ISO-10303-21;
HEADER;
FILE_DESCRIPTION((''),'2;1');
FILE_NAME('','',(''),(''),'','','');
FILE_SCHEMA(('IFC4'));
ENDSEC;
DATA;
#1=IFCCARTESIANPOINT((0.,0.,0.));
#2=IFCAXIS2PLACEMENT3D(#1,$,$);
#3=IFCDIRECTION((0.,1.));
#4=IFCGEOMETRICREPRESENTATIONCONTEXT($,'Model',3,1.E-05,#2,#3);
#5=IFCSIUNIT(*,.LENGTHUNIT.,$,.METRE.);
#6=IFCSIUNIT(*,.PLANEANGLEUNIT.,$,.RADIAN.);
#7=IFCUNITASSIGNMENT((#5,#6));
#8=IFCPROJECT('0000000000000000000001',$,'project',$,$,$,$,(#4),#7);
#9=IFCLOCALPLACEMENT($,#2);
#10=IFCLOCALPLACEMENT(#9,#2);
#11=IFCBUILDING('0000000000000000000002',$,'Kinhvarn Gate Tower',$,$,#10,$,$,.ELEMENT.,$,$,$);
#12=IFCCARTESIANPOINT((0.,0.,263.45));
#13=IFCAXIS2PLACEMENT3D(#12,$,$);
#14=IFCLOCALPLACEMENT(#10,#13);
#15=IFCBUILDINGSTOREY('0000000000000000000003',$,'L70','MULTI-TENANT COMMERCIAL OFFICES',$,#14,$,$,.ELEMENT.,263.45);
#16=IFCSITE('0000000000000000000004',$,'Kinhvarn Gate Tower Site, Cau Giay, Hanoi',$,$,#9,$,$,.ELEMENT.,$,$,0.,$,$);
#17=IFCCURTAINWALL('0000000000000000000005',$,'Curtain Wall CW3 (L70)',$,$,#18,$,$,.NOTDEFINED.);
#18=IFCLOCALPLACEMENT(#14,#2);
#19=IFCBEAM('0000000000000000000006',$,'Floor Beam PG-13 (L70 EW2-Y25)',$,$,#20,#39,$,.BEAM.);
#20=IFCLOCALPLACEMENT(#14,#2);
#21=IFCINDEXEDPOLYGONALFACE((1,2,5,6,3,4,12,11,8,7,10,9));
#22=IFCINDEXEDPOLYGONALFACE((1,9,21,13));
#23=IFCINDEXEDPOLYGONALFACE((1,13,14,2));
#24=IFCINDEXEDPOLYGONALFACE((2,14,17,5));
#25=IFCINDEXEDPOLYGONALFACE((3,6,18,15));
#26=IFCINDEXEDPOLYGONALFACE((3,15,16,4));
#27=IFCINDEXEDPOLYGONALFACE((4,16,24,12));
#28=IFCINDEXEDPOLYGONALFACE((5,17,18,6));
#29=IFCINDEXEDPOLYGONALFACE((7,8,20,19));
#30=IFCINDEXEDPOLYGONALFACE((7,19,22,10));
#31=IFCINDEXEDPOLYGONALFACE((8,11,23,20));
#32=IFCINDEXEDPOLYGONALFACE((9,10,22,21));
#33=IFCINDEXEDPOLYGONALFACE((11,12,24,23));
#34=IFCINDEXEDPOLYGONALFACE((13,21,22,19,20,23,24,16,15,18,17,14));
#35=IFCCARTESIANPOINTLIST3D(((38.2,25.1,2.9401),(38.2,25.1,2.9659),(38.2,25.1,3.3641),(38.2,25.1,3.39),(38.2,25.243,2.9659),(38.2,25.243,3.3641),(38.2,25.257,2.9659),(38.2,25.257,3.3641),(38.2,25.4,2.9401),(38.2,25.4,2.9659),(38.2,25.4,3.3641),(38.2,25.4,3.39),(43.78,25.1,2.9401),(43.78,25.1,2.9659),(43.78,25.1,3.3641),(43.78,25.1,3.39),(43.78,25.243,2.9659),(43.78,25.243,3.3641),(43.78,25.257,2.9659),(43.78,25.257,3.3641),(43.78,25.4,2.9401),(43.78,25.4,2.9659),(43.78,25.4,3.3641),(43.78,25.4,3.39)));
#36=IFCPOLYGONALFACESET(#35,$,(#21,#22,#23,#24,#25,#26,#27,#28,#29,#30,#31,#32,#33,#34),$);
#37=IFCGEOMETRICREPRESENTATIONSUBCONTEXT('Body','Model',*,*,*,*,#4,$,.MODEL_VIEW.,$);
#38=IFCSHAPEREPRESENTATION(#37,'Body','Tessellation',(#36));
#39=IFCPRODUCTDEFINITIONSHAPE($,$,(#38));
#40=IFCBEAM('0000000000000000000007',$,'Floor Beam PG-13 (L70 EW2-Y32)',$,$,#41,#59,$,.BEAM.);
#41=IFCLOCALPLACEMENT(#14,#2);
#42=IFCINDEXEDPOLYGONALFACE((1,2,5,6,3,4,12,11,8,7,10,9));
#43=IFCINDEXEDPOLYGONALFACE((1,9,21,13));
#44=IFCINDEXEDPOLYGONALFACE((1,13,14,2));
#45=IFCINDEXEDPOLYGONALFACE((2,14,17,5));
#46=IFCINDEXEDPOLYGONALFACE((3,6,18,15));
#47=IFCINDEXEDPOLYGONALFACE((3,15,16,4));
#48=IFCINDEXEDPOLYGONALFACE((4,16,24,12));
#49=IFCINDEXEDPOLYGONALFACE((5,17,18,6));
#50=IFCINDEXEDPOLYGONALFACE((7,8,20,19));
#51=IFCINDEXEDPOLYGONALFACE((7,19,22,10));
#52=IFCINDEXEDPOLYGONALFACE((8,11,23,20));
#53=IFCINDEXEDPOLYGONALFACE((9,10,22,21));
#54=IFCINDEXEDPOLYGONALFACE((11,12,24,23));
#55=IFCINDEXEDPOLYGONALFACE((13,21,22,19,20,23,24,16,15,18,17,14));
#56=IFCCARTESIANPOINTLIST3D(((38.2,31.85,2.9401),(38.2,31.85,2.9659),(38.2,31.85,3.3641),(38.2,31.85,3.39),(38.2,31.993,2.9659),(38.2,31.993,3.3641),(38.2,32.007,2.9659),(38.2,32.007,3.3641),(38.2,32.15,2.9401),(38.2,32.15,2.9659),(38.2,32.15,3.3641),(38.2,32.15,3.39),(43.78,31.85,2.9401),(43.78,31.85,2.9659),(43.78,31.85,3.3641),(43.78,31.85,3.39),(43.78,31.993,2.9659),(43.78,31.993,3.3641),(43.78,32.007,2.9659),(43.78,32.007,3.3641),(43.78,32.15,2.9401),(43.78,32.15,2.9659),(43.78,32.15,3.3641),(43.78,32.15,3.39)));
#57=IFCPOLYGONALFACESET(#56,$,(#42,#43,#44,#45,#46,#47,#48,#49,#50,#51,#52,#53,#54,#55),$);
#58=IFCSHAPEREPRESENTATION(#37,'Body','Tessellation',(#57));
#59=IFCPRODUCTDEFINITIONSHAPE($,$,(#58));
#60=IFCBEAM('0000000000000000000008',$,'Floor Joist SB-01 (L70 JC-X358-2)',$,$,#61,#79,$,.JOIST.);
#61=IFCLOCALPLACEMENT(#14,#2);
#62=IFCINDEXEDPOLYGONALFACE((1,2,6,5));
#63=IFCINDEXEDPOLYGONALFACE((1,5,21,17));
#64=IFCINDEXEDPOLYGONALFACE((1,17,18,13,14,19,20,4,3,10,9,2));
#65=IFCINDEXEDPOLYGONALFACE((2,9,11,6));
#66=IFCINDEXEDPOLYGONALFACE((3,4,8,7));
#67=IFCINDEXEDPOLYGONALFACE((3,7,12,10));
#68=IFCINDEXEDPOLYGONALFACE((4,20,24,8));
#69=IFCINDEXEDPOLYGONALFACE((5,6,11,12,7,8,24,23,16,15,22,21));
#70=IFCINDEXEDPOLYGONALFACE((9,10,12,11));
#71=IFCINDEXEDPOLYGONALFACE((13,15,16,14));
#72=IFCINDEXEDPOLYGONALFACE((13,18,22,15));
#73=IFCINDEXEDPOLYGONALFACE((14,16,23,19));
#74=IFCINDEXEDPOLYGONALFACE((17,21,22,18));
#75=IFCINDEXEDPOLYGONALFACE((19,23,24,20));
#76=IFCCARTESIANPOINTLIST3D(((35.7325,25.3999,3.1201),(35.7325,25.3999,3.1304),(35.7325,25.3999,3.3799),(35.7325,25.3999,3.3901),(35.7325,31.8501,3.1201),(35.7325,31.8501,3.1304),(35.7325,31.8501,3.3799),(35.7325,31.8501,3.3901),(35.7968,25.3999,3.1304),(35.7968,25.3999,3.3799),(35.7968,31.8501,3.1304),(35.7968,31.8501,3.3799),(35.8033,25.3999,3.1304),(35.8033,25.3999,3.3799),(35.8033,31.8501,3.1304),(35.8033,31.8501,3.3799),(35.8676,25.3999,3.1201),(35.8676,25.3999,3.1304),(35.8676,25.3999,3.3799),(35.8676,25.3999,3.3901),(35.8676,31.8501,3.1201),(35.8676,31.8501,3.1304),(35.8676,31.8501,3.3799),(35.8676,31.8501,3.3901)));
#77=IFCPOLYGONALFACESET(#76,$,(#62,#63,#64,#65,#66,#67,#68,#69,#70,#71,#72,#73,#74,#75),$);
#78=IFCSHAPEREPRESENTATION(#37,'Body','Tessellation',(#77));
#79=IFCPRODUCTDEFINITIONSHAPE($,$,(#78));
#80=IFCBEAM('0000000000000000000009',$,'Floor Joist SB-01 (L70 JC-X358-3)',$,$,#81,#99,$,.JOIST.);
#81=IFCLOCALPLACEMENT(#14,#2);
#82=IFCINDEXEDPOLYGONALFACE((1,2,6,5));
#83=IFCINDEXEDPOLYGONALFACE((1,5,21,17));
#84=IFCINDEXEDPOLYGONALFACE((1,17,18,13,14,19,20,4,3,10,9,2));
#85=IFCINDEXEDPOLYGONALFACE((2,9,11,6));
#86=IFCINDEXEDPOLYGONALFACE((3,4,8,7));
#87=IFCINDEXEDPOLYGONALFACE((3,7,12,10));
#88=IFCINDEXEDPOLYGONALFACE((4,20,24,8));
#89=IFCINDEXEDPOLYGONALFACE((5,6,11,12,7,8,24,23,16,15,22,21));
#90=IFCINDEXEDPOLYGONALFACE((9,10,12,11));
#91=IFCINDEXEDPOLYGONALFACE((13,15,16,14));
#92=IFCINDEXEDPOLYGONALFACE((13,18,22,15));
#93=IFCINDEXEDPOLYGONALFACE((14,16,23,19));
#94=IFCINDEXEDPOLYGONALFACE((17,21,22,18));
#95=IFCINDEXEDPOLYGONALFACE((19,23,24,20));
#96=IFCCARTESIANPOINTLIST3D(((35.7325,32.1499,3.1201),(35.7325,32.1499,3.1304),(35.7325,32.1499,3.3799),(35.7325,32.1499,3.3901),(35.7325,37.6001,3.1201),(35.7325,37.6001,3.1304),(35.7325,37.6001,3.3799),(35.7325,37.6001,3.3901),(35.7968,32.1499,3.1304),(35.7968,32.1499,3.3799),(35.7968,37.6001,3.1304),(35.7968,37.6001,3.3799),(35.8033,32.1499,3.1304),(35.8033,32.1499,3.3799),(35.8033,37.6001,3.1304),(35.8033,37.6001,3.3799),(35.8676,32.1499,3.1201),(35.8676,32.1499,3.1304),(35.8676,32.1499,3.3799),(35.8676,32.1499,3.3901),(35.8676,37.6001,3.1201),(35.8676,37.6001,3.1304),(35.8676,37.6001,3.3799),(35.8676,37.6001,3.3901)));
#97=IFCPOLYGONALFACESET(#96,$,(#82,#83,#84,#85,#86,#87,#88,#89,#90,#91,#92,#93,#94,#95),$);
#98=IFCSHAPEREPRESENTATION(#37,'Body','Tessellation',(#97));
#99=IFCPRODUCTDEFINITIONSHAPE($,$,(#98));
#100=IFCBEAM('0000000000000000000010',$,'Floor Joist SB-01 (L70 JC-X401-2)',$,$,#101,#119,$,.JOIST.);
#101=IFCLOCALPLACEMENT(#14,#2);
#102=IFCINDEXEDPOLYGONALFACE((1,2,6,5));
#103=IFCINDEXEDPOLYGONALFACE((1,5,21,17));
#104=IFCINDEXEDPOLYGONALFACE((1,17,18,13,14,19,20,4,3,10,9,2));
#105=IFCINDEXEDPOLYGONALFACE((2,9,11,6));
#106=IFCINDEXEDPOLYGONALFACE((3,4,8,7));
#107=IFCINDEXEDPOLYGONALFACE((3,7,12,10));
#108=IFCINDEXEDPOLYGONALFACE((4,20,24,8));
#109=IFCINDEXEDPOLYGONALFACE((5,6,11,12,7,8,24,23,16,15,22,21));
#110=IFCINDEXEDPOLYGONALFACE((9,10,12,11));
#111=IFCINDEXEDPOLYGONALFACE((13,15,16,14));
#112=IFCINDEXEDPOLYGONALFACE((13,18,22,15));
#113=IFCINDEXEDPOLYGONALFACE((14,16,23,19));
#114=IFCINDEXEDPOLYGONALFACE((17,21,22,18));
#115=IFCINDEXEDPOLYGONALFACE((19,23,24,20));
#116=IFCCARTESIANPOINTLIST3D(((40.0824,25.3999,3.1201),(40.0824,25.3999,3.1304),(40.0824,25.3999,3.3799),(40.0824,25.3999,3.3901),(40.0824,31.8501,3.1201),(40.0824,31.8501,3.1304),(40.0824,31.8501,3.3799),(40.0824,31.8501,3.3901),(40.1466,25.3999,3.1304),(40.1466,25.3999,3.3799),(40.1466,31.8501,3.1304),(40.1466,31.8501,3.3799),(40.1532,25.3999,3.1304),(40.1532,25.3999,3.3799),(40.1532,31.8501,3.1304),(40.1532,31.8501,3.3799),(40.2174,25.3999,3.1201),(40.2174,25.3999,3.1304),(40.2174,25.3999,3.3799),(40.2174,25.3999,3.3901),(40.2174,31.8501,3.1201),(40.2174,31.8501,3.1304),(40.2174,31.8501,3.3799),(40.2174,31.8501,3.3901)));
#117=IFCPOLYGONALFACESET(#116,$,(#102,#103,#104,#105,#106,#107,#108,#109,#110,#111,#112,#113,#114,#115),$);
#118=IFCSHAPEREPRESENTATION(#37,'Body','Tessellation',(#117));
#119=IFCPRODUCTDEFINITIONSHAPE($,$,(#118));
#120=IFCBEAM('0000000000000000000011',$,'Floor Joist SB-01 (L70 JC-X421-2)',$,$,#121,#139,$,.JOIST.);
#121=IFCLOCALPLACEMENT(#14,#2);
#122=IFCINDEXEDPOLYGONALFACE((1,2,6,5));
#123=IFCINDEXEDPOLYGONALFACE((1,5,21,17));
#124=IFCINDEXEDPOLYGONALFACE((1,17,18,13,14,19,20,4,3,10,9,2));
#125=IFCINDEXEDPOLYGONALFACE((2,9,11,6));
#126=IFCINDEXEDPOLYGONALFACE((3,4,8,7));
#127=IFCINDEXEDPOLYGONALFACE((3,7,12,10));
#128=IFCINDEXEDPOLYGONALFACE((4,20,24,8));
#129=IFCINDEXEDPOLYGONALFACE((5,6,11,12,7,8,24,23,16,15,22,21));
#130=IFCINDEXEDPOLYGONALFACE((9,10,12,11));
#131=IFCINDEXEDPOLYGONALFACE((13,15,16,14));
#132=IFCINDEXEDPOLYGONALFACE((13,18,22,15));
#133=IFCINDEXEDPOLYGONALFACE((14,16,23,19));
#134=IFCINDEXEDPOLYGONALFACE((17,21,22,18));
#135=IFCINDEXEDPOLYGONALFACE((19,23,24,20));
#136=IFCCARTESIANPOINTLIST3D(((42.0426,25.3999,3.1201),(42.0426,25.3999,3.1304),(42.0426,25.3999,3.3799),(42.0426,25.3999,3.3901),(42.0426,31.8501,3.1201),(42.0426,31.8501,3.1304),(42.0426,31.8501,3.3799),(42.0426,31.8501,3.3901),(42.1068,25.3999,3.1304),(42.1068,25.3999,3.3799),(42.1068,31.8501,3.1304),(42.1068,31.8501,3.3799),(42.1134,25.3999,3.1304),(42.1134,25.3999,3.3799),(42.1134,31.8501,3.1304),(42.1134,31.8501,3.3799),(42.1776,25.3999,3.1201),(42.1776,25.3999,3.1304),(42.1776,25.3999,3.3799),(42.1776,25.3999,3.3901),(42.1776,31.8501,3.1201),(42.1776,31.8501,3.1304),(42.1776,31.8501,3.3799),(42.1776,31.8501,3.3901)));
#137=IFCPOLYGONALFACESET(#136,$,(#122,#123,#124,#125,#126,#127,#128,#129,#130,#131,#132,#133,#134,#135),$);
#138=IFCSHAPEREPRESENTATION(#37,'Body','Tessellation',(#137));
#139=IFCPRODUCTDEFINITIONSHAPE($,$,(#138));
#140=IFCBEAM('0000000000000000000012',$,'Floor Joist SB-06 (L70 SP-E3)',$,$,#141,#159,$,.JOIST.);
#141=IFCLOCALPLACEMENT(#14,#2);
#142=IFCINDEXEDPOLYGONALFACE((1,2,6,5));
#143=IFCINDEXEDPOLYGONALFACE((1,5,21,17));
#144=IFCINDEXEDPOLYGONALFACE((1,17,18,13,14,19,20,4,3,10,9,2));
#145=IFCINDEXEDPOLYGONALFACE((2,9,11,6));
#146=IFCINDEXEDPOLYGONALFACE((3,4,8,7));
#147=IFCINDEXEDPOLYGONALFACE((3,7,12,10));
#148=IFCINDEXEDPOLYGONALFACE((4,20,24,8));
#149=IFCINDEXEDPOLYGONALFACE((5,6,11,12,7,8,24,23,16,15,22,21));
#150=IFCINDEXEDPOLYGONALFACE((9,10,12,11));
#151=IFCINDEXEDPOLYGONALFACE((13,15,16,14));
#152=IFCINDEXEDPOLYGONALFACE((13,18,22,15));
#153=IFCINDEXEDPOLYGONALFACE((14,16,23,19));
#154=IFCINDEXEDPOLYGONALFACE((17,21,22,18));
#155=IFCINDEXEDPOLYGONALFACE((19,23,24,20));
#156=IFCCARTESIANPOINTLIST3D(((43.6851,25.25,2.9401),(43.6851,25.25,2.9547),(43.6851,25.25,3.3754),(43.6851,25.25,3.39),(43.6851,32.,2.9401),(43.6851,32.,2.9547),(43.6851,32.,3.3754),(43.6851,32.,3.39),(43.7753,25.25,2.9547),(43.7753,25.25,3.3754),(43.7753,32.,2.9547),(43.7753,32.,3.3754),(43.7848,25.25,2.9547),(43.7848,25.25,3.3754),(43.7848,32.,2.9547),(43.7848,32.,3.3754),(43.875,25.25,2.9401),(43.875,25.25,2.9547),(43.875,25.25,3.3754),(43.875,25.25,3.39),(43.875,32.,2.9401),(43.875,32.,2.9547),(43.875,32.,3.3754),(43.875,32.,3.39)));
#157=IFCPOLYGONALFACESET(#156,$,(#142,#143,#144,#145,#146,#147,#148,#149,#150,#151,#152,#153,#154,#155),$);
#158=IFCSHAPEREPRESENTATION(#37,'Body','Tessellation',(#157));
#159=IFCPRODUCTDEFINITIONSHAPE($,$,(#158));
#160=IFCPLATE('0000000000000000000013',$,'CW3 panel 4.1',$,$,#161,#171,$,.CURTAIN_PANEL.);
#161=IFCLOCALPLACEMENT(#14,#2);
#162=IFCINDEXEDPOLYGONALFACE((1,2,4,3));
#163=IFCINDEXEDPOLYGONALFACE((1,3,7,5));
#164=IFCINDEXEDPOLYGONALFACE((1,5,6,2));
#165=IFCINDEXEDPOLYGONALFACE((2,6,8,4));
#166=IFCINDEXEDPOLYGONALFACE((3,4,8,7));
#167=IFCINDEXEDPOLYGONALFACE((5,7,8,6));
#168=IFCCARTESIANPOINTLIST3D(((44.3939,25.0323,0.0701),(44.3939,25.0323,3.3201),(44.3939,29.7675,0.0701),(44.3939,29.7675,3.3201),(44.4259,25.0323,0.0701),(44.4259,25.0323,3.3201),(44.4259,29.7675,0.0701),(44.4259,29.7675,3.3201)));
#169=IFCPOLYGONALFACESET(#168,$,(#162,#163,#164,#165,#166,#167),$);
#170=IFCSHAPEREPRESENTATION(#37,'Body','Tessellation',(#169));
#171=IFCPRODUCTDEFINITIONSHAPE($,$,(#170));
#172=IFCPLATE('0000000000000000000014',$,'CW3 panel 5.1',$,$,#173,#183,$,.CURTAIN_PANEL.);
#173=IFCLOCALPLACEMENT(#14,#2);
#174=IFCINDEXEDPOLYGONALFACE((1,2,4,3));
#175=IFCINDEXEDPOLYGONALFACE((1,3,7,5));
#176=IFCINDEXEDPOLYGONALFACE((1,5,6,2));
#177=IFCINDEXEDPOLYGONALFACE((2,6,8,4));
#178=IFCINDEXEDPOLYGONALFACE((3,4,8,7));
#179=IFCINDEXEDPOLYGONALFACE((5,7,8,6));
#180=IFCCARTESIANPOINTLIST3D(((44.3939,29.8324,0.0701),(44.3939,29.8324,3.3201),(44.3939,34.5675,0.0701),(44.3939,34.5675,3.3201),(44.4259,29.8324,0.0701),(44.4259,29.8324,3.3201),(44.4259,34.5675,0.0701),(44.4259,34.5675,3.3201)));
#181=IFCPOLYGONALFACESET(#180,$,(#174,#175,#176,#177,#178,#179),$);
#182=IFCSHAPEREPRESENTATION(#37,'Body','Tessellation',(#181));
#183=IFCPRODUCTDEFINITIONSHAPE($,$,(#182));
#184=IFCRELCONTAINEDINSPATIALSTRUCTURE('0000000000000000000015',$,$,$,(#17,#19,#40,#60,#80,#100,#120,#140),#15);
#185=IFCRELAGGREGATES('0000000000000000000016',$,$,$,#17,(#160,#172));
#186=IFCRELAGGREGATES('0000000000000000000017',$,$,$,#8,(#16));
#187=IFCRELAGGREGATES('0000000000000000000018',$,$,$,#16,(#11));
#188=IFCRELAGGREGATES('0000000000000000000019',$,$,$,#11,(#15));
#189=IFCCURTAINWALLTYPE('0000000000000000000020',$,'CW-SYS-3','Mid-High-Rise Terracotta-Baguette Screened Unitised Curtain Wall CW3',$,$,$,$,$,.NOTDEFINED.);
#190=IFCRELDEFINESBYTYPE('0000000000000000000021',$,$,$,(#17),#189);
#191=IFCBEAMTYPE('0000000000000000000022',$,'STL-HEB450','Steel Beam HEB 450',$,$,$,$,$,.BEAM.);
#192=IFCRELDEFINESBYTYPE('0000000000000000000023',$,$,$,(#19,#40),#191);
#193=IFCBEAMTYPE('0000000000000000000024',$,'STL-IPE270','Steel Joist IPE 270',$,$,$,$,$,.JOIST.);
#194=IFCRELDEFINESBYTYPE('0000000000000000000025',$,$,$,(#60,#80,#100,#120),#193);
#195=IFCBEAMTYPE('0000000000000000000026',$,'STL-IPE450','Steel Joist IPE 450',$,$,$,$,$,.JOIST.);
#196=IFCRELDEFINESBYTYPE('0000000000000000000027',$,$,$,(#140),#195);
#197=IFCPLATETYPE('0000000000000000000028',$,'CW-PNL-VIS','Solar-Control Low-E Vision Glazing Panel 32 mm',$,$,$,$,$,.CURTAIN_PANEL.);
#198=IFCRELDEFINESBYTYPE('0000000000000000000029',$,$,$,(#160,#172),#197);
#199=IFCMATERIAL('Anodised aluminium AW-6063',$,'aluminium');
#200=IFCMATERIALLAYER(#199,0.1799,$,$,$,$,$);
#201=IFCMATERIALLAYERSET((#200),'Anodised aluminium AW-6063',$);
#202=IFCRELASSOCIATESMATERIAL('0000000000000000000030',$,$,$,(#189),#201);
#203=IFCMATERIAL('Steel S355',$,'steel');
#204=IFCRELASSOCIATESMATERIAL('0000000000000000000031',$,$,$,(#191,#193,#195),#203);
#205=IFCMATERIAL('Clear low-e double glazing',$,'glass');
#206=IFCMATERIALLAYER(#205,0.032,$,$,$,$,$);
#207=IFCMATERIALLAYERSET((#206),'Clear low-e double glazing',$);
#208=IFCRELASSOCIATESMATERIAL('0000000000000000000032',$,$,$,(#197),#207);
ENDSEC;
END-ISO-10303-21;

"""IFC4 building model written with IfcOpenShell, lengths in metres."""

from ifc_helpers import new_model, si_unit, direction, frame, origin, origin_2d, place, context, subcontext, project, spatial, rectangle, i_section, extrude, material, layer, layer_set, material_profile, profile_set, type_object, element, aggregate, save


model = new_model("IFC4")

# Units and contexts
model_context = context("Model", 3, precision=1e-05, world=origin(), true_north=direction((0.0, 1.0)))
body_context = subcontext(model_context, "Body", "Model", "MODEL_VIEW")
ifc_project = project(units=[si_unit("LENGTHUNIT", "METRE"), si_unit("PLANEANGLEUNIT", "RADIAN")], contexts=[model_context])

# Site, building, storey
site_placement = place(None, origin())
site = spatial("IfcSite", under=ifc_project, at=site_placement, Name="Kinhvarn Gate Tower Site, Cau Giay, Hanoi", CompositionType="ELEMENT", RefElevation=0.0)
building_placement = place(site_placement, origin())
building = spatial("IfcBuilding", under=site, at=building_placement, Name="Kinhvarn Gate Tower", CompositionType="ELEMENT")
storey_placement = place(building_placement, frame((0.0, 0.0, 263.45)))
storey = spatial("IfcBuildingStorey", under=building, at=storey_placement, Name="L70", Description="MULTI-TENANT COMMERCIAL OFFICES", CompositionType="ELEMENT", Elevation=263.45)

# Curtain wall
ifc_material_1 = material(Name="Anodised aluminium AW-6063", Category="aluminium")
ifc_layer_1 = layer(ifc_material_1, 0.1799)
ifc_layer_set_1 = layer_set([ifc_layer_1], Name="Anodised aluminium AW-6063")
curtain_wall_type = type_object("IfcCurtainWallType", Name="CW-SYS-3", Description="Mid-High-Rise Terracotta-Baguette Screened Unitised Curtain Wall CW3", PredefinedType="NOTDEFINED", material=ifc_layer_set_1)
curtain_wall_placement = place(storey_placement, origin())
curtain_wall = element("IfcCurtainWall", 1, at=curtain_wall_placement, inside=storey, type_object=curtain_wall_type, Name="Curtain Wall CW3 (L70)", PredefinedType="NOTDEFINED")

# Beams
ifc_material_2 = material(Name="Steel S355", Category="steel")
ifc_material_profile_1 = material_profile(ifc_material_2, i_section(OverallWidth=0.3, OverallDepth=0.45, WebThickness=0.0139, FlangeThickness=0.0259, at=origin_2d()), Name="HEB 450")
ifc_profile_set_1 = profile_set([ifc_material_profile_1], Name="Steel S355")
beam_type_1 = type_object("IfcBeamType", Name="STL-HEB450", Description="Steel Beam HEB 450", PredefinedType="BEAM", material=ifc_profile_set_1)
for number, where, z_axis, x_axis, name in (
    (2, (38.2, 25.25, 3.165), (1.0, 0.0, 0.0), (0.0, 1.0, 0.0), "Floor Beam PG-13 (L70 EW2-Y25)"),
    (3, (38.2, 32.0, 3.165), (1.0, 0.0, 0.0), (0.0, 1.0, 0.0), "Floor Beam PG-13 (L70 EW2-Y32)"),
):
    element("IfcBeam", number, at=place(storey_placement, frame(where, z_axis=z_axis, x_axis=x_axis)), inside=storey, type_object=beam_type_1, Name=name, PredefinedType="BEAM", context=body_context, shape_type="SweptSolid", body=[
        extrude(i_section(OverallWidth=0.3, OverallDepth=0.45, WebThickness=0.0139, FlangeThickness=0.0259, at=origin_2d()), origin(), (0.0, 0.0, 1.0), 5.5801),
    ])
ifc_material_profile_2 = material_profile(ifc_material_2, i_section(OverallWidth=0.135, OverallDepth=0.27, WebThickness=0.0066, FlangeThickness=0.0103, at=origin_2d()), Name="IPE 270")
ifc_profile_set_2 = profile_set([ifc_material_profile_2], Name="Steel S355")
beam_type_2 = type_object("IfcBeamType", Name="STL-IPE270", Description="Steel Joist IPE 270", PredefinedType="JOIST", material=ifc_profile_set_2)
beam_1_placement = place(storey_placement, frame((35.8, 25.3999, 3.2551), z_axis=(0.0, 1.0, 0.0), x_axis=(-1.0, 0.0, 0.0)))
element("IfcBeam", 4, at=beam_1_placement, inside=storey, type_object=beam_type_2, Name="Floor Joist SB-01 (L70 JC-X358-2)", PredefinedType="JOIST", context=body_context, shape_type="SweptSolid", body=[
    extrude(i_section(OverallWidth=0.135, OverallDepth=0.27, WebThickness=0.0066, FlangeThickness=0.0103, at=origin_2d()), origin(), (0.0, 0.0, 1.0), 6.4502),
])
beam_2_placement = place(storey_placement, frame((35.8, 32.1499, 3.2551), z_axis=(0.0, 1.0, 0.0), x_axis=(-1.0, 0.0, 0.0)))
element("IfcBeam", 5, at=beam_2_placement, inside=storey, type_object=beam_type_2, Name="Floor Joist SB-01 (L70 JC-X358-3)", PredefinedType="JOIST", context=body_context, shape_type="SweptSolid", body=[
    extrude(i_section(OverallWidth=0.135, OverallDepth=0.27, WebThickness=0.0066, FlangeThickness=0.0103, at=origin_2d()), origin(), (0.0, 0.0, 1.0), 5.4502),
])
for number, where, z_axis, x_axis, name in (
    (6, (40.1499, 25.3999, 3.2551), (0.0, 1.0, 0.0), (-1.0, 0.0, 0.0), "Floor Joist SB-01 (L70 JC-X401-2)"),
    (7, (42.1101, 25.3999, 3.2551), (0.0, 1.0, 0.0), (-1.0, 0.0, 0.0), "Floor Joist SB-01 (L70 JC-X421-2)"),
):
    element("IfcBeam", number, at=place(storey_placement, frame(where, z_axis=z_axis, x_axis=x_axis)), inside=storey, type_object=beam_type_2, Name=name, PredefinedType="JOIST", context=body_context, shape_type="SweptSolid", body=[
        extrude(i_section(OverallWidth=0.135, OverallDepth=0.27, WebThickness=0.0066, FlangeThickness=0.0103, at=origin_2d()), origin(), (0.0, 0.0, 1.0), 6.4502),
    ])
ifc_material_profile_3 = material_profile(ifc_material_2, i_section(OverallWidth=0.1899, OverallDepth=0.45, WebThickness=0.0095, FlangeThickness=0.0146, at=origin_2d()), Name="IPE 450")
ifc_profile_set_3 = profile_set([ifc_material_profile_3], Name="Steel S355")
beam_type_3 = type_object("IfcBeamType", Name="STL-IPE450", Description="Steel Joist IPE 450", PredefinedType="JOIST", material=ifc_profile_set_3)
beam_3_placement = place(storey_placement, frame((43.78, 25.25, 3.165), z_axis=(0.0, 1.0, 0.0), x_axis=(-1.0, 0.0, 0.0)))
element("IfcBeam", 8, at=beam_3_placement, inside=storey, type_object=beam_type_3, Name="Floor Joist SB-06 (L70 SP-E3)", PredefinedType="JOIST", context=body_context, shape_type="SweptSolid", body=[
    extrude(i_section(OverallWidth=0.1899, OverallDepth=0.45, WebThickness=0.0095, FlangeThickness=0.0146, at=origin_2d()), origin(), (0.0, 0.0, 1.0), 6.75),
])

# Plates
ifc_material_3 = material(Name="Clear low-e double glazing", Category="glass")
ifc_layer_2 = layer(ifc_material_3, 0.032)
ifc_layer_set_2 = layer_set([ifc_layer_2], Name="Clear low-e double glazing")
plate_type = type_object("IfcPlateType", Name="CW-PNL-VIS", Description="Solar-Control Low-E Vision Glazing Panel 32 mm", PredefinedType="CURTAIN_PANEL", material=ifc_layer_set_2)
plate_1_placement = place(storey_placement, frame((44.4099, 27.3999, 0.0701), z_axis=(0.0, 0.0, 1.0), x_axis=(0.0, 1.0, 0.0)))
plate_1 = element("IfcPlate", 9, at=plate_1_placement, type_object=plate_type, Name="CW3 panel 4.1", PredefinedType="CURTAIN_PANEL", context=body_context, shape_type="SweptSolid", body=[
    extrude(rectangle(XDim=4.7351, YDim=0.032, at=origin_2d()), origin(), (0.0, 0.0, 1.0), 3.25),
])
plate_2_placement = place(storey_placement, frame((44.4099, 32.2, 0.0701), z_axis=(0.0, 0.0, 1.0), x_axis=(0.0, 1.0, 0.0)))
plate_2 = element("IfcPlate", 10, at=plate_2_placement, type_object=plate_type, Name="CW3 panel 5.1", PredefinedType="CURTAIN_PANEL", context=body_context, shape_type="SweptSolid", body=[
    extrude(rectangle(XDim=4.7351, YDim=0.032, at=origin_2d()), origin(), (0.0, 0.0, 1.0), 3.25),
])
aggregate(curtain_wall, [plate_1, plate_2])

save(model, "model.ifc")
